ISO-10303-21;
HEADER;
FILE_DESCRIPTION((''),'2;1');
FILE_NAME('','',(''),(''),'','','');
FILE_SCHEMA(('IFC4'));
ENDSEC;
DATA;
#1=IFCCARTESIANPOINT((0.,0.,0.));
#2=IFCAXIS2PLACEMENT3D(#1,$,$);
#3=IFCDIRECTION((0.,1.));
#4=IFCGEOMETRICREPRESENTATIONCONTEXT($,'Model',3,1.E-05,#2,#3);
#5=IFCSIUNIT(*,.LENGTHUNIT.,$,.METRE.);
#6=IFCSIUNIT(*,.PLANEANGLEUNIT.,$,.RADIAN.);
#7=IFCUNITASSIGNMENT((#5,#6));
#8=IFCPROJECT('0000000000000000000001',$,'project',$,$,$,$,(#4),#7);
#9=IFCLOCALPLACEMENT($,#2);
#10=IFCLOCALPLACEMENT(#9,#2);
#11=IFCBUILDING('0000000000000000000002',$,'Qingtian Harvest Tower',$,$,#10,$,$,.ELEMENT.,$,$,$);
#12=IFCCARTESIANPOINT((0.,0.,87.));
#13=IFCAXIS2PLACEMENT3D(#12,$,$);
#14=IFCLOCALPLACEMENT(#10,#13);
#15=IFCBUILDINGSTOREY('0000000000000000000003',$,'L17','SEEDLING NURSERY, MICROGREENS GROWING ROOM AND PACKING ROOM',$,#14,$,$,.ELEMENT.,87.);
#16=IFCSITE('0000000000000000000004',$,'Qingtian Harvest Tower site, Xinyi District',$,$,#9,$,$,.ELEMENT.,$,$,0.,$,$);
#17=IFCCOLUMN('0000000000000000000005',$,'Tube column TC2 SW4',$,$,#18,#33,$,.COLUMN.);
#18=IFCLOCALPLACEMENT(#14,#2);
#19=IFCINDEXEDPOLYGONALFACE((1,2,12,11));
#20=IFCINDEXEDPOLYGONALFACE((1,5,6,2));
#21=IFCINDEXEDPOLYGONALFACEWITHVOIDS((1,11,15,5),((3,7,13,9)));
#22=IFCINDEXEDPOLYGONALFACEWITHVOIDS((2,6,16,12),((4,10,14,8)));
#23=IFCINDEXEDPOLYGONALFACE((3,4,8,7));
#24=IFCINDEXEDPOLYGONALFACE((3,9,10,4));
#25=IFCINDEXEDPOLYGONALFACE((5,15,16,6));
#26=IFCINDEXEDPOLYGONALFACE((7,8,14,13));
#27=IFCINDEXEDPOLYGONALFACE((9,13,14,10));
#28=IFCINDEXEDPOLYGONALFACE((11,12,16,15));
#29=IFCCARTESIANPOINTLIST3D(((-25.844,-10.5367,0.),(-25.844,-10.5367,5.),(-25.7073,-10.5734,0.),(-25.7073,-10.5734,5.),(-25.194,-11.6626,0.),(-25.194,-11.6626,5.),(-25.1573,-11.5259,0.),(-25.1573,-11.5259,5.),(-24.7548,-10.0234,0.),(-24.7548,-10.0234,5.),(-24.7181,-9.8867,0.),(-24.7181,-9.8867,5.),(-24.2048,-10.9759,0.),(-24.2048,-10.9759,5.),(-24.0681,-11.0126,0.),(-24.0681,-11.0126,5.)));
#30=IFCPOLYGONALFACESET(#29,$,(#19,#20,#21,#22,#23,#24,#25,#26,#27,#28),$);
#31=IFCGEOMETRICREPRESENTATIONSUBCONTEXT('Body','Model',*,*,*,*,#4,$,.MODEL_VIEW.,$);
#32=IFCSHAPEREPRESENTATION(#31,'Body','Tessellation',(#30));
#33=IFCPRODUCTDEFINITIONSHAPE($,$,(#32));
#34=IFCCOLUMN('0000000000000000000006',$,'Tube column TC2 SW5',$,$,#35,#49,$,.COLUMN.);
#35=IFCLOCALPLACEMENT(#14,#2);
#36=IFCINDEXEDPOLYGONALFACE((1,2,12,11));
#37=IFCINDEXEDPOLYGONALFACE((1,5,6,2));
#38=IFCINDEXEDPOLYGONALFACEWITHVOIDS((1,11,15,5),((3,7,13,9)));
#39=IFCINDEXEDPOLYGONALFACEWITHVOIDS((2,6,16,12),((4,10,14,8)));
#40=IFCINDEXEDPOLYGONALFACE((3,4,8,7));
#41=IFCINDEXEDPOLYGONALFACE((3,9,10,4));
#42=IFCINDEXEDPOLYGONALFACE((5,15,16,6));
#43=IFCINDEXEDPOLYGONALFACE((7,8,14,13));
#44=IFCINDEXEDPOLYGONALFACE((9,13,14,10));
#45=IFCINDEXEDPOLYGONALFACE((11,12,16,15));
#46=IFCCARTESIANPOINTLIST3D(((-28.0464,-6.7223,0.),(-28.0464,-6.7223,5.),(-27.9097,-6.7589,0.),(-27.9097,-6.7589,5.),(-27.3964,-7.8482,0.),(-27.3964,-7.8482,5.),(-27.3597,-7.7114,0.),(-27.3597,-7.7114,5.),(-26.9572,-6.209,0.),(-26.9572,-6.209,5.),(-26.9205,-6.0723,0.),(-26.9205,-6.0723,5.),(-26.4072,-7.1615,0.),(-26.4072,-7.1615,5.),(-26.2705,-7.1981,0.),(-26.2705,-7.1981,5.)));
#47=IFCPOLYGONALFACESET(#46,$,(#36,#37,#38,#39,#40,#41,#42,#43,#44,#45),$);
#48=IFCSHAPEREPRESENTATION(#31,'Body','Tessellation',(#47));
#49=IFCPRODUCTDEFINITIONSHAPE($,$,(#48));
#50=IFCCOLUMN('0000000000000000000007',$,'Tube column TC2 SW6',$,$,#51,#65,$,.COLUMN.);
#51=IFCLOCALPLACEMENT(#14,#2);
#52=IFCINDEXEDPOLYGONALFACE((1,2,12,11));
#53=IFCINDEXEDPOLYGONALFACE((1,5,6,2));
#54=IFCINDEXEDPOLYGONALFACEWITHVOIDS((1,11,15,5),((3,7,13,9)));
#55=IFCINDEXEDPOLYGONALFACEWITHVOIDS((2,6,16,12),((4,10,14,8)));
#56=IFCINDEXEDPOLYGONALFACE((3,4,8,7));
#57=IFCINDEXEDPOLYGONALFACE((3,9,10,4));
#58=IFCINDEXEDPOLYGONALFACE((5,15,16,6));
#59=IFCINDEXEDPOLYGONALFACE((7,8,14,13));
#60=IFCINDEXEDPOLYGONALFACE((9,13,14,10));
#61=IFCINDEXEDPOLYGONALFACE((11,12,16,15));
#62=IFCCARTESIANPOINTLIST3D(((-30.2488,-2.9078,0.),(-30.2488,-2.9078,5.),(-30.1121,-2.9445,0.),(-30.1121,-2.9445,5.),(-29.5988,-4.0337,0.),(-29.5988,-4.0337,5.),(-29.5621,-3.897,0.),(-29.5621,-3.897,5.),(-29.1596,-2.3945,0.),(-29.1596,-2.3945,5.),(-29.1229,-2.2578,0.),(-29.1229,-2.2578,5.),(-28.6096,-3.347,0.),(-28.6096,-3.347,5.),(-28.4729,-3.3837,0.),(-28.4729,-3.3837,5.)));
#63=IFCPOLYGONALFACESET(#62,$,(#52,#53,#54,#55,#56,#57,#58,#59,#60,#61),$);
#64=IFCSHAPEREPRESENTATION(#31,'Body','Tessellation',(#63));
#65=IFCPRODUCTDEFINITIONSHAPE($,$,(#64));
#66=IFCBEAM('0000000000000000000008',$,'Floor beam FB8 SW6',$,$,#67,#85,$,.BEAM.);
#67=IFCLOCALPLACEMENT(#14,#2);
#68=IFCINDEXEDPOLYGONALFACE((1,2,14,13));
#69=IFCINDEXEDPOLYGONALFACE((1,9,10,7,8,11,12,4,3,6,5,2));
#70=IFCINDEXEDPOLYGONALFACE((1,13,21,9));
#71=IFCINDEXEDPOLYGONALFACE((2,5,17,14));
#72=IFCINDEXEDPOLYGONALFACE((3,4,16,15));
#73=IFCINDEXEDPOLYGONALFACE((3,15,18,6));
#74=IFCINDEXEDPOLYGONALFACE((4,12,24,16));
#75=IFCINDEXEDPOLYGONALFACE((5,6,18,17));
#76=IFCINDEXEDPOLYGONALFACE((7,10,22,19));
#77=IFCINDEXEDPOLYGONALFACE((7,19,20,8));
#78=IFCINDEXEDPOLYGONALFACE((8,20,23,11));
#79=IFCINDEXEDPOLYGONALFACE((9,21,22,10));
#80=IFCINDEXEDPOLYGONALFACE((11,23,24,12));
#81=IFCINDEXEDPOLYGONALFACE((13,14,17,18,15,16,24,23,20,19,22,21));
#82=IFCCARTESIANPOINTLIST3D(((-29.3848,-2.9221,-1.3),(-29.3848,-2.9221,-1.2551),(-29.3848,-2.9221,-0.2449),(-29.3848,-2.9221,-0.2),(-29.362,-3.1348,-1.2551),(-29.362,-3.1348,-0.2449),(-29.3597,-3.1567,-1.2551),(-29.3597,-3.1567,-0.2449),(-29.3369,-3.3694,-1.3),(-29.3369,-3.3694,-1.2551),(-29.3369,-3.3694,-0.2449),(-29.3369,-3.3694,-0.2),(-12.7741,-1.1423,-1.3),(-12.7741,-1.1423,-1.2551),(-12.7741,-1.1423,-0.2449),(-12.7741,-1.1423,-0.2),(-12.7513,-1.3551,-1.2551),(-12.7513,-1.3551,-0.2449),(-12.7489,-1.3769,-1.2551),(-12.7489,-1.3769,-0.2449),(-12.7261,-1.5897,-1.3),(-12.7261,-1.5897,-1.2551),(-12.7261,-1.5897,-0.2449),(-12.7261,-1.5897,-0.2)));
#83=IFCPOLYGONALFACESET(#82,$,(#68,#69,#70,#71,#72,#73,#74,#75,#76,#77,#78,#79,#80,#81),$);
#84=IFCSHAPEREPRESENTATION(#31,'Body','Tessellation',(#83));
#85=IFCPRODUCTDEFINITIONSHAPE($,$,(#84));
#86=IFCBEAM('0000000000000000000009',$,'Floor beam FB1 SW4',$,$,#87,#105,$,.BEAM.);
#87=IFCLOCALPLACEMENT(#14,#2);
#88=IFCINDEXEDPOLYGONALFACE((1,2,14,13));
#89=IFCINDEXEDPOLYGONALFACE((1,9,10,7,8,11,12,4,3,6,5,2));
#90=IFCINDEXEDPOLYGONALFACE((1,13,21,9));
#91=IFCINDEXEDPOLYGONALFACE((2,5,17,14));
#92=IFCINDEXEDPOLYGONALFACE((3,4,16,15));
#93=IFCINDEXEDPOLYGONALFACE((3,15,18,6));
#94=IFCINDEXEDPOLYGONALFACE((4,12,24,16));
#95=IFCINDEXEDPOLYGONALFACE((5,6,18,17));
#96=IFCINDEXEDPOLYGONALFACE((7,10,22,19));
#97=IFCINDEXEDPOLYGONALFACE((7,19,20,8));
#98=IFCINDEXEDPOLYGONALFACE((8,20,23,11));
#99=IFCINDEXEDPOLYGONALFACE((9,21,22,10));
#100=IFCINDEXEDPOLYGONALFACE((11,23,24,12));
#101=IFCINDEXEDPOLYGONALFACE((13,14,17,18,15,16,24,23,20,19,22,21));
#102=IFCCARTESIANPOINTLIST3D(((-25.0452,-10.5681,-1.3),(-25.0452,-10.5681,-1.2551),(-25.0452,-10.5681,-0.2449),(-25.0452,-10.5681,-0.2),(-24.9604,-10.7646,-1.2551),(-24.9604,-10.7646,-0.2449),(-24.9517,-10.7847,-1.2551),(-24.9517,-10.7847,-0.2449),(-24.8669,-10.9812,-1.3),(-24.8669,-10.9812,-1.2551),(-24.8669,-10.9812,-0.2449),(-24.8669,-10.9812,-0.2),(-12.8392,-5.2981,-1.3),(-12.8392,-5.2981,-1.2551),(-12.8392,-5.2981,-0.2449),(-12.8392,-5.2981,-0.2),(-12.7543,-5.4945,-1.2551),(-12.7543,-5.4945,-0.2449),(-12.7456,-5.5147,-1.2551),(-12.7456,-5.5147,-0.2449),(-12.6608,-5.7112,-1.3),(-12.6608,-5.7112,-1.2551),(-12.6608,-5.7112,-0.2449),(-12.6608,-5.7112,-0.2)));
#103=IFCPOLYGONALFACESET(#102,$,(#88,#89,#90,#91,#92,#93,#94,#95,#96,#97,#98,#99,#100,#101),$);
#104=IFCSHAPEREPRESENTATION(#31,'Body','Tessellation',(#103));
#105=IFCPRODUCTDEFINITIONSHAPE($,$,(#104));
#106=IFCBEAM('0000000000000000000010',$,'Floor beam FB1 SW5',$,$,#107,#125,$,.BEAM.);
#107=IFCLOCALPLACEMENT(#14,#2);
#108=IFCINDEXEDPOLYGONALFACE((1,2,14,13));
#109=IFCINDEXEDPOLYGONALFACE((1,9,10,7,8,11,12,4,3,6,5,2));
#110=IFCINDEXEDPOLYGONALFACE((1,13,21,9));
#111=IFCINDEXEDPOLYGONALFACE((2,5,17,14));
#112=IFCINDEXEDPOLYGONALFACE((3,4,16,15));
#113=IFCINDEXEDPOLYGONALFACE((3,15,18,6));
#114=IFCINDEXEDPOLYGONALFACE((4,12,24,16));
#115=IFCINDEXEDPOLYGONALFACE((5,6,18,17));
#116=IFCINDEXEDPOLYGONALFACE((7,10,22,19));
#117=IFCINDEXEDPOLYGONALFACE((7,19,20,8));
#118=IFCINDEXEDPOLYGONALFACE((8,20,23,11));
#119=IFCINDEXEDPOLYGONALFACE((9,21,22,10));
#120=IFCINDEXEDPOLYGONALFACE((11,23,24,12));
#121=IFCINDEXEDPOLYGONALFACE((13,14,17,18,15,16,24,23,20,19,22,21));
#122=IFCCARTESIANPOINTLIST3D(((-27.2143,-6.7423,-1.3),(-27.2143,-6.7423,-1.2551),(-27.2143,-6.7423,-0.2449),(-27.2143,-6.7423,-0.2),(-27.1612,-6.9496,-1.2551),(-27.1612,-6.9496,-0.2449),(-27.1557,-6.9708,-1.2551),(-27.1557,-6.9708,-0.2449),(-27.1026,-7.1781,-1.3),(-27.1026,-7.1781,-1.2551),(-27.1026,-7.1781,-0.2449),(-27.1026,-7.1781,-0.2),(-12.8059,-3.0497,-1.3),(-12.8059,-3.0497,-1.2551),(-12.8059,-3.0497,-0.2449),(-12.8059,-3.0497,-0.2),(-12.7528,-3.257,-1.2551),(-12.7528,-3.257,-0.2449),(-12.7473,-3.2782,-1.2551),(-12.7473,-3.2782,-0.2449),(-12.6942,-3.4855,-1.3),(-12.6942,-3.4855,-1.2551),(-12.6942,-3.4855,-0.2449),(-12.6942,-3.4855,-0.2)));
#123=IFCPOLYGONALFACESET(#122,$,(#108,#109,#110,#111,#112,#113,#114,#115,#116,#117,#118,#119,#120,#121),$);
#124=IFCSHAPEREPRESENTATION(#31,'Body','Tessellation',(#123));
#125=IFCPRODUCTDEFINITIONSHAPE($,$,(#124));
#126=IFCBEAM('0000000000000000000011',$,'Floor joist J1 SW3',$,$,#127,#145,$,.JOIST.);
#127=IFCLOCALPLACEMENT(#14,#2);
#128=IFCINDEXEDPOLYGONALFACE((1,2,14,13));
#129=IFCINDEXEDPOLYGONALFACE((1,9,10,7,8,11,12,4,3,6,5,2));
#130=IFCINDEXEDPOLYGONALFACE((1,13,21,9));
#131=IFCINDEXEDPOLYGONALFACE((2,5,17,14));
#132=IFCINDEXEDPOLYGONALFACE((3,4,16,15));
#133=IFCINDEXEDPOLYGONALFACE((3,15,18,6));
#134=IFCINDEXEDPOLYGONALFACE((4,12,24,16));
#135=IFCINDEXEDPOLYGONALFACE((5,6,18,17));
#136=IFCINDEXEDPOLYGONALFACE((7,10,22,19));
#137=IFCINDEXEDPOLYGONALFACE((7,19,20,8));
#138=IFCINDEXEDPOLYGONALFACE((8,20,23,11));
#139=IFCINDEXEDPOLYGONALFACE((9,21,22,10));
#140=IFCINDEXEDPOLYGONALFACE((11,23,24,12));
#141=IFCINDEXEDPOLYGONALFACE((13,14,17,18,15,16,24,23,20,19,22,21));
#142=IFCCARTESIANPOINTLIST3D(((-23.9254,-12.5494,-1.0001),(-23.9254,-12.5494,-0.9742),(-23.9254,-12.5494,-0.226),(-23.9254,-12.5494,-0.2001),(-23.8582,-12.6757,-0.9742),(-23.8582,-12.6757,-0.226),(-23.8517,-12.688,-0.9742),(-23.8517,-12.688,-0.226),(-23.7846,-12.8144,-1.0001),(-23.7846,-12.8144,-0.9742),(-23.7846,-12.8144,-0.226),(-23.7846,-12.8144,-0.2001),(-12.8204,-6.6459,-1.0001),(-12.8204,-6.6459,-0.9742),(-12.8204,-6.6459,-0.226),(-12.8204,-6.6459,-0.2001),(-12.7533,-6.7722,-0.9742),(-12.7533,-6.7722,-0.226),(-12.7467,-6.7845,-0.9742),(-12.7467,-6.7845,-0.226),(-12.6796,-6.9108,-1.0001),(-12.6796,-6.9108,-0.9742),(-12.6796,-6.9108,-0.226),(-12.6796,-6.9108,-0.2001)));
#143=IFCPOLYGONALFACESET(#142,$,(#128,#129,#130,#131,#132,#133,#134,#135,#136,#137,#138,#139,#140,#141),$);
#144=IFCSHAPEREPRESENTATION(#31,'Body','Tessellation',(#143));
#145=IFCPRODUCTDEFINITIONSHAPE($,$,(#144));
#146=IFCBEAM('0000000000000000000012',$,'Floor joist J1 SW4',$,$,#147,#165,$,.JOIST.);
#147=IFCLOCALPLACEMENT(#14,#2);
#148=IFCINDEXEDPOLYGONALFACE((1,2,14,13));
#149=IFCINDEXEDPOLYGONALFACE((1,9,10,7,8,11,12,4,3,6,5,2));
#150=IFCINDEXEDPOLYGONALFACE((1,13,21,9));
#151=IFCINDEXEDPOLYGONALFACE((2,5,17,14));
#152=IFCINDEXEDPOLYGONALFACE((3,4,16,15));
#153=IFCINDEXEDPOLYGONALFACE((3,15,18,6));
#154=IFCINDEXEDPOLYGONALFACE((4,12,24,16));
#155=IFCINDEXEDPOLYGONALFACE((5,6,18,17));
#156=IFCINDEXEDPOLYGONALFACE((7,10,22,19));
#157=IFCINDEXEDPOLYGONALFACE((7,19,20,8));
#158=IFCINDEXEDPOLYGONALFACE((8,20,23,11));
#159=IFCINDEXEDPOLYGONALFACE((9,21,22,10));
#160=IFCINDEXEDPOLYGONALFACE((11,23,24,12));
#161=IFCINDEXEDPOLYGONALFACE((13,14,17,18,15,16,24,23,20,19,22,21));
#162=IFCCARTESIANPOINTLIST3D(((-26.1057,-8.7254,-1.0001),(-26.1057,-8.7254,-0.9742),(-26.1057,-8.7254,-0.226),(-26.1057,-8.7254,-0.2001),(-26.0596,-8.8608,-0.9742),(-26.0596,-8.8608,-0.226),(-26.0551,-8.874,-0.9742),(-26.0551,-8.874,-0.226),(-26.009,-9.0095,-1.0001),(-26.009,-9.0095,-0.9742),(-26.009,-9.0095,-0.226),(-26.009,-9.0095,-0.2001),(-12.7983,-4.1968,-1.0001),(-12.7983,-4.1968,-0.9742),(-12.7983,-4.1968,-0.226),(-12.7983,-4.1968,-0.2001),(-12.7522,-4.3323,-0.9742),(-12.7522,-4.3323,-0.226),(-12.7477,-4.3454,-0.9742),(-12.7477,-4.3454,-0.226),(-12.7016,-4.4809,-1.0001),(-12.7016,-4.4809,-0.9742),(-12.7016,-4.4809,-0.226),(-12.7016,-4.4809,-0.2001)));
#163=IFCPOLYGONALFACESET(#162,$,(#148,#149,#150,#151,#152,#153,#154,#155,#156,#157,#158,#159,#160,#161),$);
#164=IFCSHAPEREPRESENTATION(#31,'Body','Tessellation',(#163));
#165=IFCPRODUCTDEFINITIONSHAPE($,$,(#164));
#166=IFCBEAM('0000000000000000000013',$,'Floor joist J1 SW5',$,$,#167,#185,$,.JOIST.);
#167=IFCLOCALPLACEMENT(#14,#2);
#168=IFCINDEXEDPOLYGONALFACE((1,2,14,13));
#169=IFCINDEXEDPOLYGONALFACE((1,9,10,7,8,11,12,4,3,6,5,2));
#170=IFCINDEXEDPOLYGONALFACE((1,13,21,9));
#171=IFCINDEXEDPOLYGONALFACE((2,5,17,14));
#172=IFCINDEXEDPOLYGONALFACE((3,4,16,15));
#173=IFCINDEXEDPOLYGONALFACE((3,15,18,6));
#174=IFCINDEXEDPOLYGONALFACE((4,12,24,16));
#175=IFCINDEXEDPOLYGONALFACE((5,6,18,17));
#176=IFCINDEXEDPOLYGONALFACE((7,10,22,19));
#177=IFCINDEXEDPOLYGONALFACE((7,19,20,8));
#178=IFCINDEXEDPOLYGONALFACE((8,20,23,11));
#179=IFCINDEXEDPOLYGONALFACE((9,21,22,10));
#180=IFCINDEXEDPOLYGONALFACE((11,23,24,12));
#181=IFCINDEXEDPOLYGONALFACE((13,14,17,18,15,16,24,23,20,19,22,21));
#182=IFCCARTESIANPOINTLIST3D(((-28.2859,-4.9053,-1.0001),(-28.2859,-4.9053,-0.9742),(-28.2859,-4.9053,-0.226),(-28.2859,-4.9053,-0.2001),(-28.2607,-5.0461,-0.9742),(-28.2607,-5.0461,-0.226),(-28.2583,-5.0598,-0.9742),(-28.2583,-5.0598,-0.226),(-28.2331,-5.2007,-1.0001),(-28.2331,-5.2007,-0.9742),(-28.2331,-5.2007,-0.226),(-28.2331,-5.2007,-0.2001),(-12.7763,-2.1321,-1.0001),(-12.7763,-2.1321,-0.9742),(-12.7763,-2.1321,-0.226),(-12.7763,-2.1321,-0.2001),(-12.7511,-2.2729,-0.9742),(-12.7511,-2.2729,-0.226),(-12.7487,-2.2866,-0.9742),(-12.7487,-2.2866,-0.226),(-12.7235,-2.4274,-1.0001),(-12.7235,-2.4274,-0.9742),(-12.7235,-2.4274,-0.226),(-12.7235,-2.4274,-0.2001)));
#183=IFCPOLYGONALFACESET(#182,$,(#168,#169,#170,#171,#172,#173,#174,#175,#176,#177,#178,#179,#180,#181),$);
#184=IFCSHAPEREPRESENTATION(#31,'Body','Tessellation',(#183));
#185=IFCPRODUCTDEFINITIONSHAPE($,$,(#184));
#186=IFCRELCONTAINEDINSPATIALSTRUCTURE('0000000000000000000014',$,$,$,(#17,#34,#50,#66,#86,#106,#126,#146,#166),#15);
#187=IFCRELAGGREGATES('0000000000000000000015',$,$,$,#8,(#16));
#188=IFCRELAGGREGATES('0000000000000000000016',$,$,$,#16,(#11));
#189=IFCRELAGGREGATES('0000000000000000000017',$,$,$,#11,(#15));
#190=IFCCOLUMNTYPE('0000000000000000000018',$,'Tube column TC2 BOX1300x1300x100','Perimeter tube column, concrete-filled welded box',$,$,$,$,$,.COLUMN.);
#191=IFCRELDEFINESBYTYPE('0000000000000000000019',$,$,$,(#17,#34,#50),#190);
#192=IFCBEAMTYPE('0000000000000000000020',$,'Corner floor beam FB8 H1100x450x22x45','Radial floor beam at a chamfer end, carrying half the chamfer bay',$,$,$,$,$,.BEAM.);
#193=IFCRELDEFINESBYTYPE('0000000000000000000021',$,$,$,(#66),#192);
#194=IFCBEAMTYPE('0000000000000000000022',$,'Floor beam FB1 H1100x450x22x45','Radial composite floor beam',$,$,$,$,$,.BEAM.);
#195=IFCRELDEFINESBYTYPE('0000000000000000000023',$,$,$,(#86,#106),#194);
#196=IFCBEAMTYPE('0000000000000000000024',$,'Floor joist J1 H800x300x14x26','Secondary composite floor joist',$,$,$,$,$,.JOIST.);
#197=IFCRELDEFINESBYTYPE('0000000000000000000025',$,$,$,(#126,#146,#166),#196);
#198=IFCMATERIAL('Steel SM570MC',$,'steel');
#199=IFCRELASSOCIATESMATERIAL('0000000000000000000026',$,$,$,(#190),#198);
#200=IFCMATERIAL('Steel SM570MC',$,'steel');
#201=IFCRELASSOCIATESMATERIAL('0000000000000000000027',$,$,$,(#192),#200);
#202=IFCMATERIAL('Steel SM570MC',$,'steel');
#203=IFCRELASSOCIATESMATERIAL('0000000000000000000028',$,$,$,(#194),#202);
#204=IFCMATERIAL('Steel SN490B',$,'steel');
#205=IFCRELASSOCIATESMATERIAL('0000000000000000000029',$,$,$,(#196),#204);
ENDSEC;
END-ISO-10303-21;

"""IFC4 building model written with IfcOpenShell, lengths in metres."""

from ifc_helpers import new_model, si_unit, direction, frame, origin, origin_2d, place, context, subcontext, project, spatial, hollow_rectangle, i_section, extrude, material, material_profile, profile_set, type_object, element, save


model = new_model("IFC4")

# Units and contexts
model_context = context("Model", 3, precision=1e-05, world=origin(), true_north=direction((0.0, 1.0)))
body_context = subcontext(model_context, "Body", "Model", "MODEL_VIEW")
ifc_project = project(units=[si_unit("LENGTHUNIT", "METRE"), si_unit("PLANEANGLEUNIT", "RADIAN")], contexts=[model_context])

# Site, building, storey
site_placement = place(None, origin())
site = spatial("IfcSite", under=ifc_project, at=site_placement, Name="Qingtian Harvest Tower site, Xinyi District", CompositionType="ELEMENT", RefElevation=0.0)
building_placement = place(site_placement, origin())
building = spatial("IfcBuilding", under=site, at=building_placement, Name="Qingtian Harvest Tower", CompositionType="ELEMENT")
storey_placement = place(building_placement, frame((0.0, 0.0, 87.0)))
storey = spatial("IfcBuildingStorey", under=building, at=storey_placement, Name="L17", Description="SEEDLING NURSERY, MICROGREENS GROWING ROOM AND PACKING ROOM", CompositionType="ELEMENT", Elevation=87.0)

# Columns
ifc_material_1 = material(Name="Steel SM570MC", Category="steel")
ifc_material_profile_1 = material_profile(ifc_material_1, hollow_rectangle(XDim=1.3, YDim=1.3, WallThickness=0.1001, at=origin_2d()), Name="BOX1300x1300x100")
ifc_profile_set_1 = profile_set([ifc_material_profile_1], Name="Steel SM570MC")
column_type = type_object("IfcColumnType", Name="Tube column TC2 BOX1300x1300x100", Description="Perimeter tube column, concrete-filled welded box", PredefinedType="COLUMN", material=ifc_profile_set_1)
for number, where, z_axis, x_axis, name in (
    (1, (-24.9561, -10.7747, 0.0), (0.0, 0.0, 1.0), (0.5, -0.866025, 0.0), "Tube column TC2 SW4"),
    (2, (-27.1584, -6.9602, 0.0), (0.0, 0.0, 1.0), (0.5, -0.866025, 0.0), "Tube column TC2 SW5"),
    (3, (-29.3608, -3.1458, 0.0), (0.0, 0.0, 1.0), (0.5, -0.866025, 0.0), "Tube column TC2 SW6"),
):
    element("IfcColumn", number, at=place(storey_placement, frame(where, z_axis=z_axis, x_axis=x_axis)), inside=storey, type_object=column_type, Name=name, PredefinedType="COLUMN", context=body_context, shape_type="SweptSolid", body=[
        extrude(hollow_rectangle(XDim=1.3, YDim=1.3, WallThickness=0.1001, at=origin_2d()), origin(), (0.0, 0.0, 1.0), 5.0),
    ])

# Beams
ifc_material_2 = material(Name="Steel SM570MC", Category="steel")
ifc_material_profile_2 = material_profile(ifc_material_2, i_section(OverallWidth=0.45, OverallDepth=1.1001, WebThickness=0.022, FlangeThickness=0.0449, at=origin_2d()), Name="H1100x450x22x45")
ifc_profile_set_2 = profile_set([ifc_material_profile_2], Name="Steel SM570MC")
beam_type_1 = type_object("IfcBeamType", Name="Corner floor beam FB8 H1100x450x22x45", Description="Radial floor beam at a chamfer end, carrying half the chamfer bay", PredefinedType="BEAM", material=ifc_profile_set_2)
beam_1_placement = place(storey_placement, frame((-29.3608, -3.1458, -0.75), z_axis=(0.994309, 0.106536, 0.0), x_axis=(-0.106536, 0.994309, 0.0)))
element("IfcBeam", 4, at=beam_1_placement, inside=storey, type_object=beam_type_1, Name="Floor beam FB8 SW6", PredefinedType="BEAM", context=body_context, shape_type="SweptSolid", body=[
    extrude(i_section(OverallWidth=0.45, OverallDepth=1.1001, WebThickness=0.022, FlangeThickness=0.0449, at=origin_2d()), origin(), (0.0, 0.0, 1.0), 16.7058),
])
ifc_material_3 = material(Name="Steel SM570MC", Category="steel")
ifc_material_profile_3 = material_profile(ifc_material_3, i_section(OverallWidth=0.45, OverallDepth=1.1001, WebThickness=0.022, FlangeThickness=0.0449, at=origin_2d()), Name="H1100x450x22x45")
ifc_profile_set_3 = profile_set([ifc_material_profile_3], Name="Steel SM570MC")
beam_type_2 = type_object("IfcBeamType", Name="Floor beam FB1 H1100x450x22x45", Description="Radial composite floor beam", PredefinedType="BEAM", material=ifc_profile_set_3)
beam_2_placement = place(storey_placement, frame((-24.9561, -10.7747, -0.75), z_axis=(0.918084, 0.396387, 0.0), x_axis=(-0.396387, 0.918084, 0.0)))
element("IfcBeam", 5, at=beam_2_placement, inside=storey, type_object=beam_type_2, Name="Floor beam FB1 SW4", PredefinedType="BEAM", context=body_context, shape_type="SweptSolid", body=[
    extrude(i_section(OverallWidth=0.45, OverallDepth=1.1001, WebThickness=0.022, FlangeThickness=0.0449, at=origin_2d()), origin(), (0.0, 0.0, 1.0), 13.2952),
])
beam_3_placement = place(storey_placement, frame((-27.1584, -6.9602, -0.75), z_axis=(0.968694, 0.248259, 0.0), x_axis=(-0.248259, 0.968694, 0.0)))
element("IfcBeam", 6, at=beam_3_placement, inside=storey, type_object=beam_type_2, Name="Floor beam FB1 SW5", PredefinedType="BEAM", context=body_context, shape_type="SweptSolid", body=[
    extrude(i_section(OverallWidth=0.45, OverallDepth=1.1001, WebThickness=0.022, FlangeThickness=0.0449, at=origin_2d()), origin(), (0.0, 0.0, 1.0), 14.874),
])
ifc_material_4 = material(Name="Steel SN490B", Category="steel")
ifc_material_profile_4 = material_profile(ifc_material_4, i_section(OverallWidth=0.3, OverallDepth=0.8, WebThickness=0.0139, FlangeThickness=0.0259, at=origin_2d()), Name="H800x300x14x26")
ifc_profile_set_4 = profile_set([ifc_material_profile_4], Name="Steel SN490B")
beam_type_3 = type_object("IfcBeamType", Name="Floor joist J1 H800x300x14x26", Description="Secondary composite floor joist", PredefinedType="JOIST", material=ifc_profile_set_4)
beam_4_placement = place(storey_placement, frame((-23.855, -12.6819, -0.6001), z_axis=(0.882982, 0.469406, 0.0), x_axis=(-0.469406, 0.882982, 0.0)))
element("IfcBeam", 7, at=beam_4_placement, inside=storey, type_object=beam_type_3, Name="Floor joist J1 SW3", PredefinedType="JOIST", context=body_context, shape_type="SweptSolid", body=[
    extrude(i_section(OverallWidth=0.3, OverallDepth=0.8, WebThickness=0.0139, FlangeThickness=0.0259, at=origin_2d()), origin(), (0.0, 0.0, 1.0), 12.5767),
])
beam_5_placement = place(storey_placement, frame((-26.0574, -8.8674, -0.6001), z_axis=(0.946685, 0.322161, 0.0), x_axis=(-0.322161, 0.946685, 0.0)))
element("IfcBeam", 8, at=beam_5_placement, inside=storey, type_object=beam_type_3, Name="Floor joist J1 SW4", PredefinedType="JOIST", context=body_context, shape_type="SweptSolid", body=[
    extrude(i_section(OverallWidth=0.3, OverallDepth=0.8, WebThickness=0.0139, FlangeThickness=0.0259, at=origin_2d()), origin(), (0.0, 0.0, 1.0), 14.0569),
])
beam_6_placement = place(storey_placement, frame((-28.2595, -5.053, -0.6001), z_axis=(0.984388, 0.176014, 0.0), x_axis=(-0.176014, 0.984388, 0.0)))
element("IfcBeam", 9, at=beam_6_placement, inside=storey, type_object=beam_type_3, Name="Floor joist J1 SW5", PredefinedType="JOIST", context=body_context, shape_type="SweptSolid", body=[
    extrude(i_section(OverallWidth=0.3, OverallDepth=0.8, WebThickness=0.0139, FlangeThickness=0.0259, at=origin_2d()), origin(), (0.0, 0.0, 1.0), 15.7556),
])

save(model, "model.ifc")
